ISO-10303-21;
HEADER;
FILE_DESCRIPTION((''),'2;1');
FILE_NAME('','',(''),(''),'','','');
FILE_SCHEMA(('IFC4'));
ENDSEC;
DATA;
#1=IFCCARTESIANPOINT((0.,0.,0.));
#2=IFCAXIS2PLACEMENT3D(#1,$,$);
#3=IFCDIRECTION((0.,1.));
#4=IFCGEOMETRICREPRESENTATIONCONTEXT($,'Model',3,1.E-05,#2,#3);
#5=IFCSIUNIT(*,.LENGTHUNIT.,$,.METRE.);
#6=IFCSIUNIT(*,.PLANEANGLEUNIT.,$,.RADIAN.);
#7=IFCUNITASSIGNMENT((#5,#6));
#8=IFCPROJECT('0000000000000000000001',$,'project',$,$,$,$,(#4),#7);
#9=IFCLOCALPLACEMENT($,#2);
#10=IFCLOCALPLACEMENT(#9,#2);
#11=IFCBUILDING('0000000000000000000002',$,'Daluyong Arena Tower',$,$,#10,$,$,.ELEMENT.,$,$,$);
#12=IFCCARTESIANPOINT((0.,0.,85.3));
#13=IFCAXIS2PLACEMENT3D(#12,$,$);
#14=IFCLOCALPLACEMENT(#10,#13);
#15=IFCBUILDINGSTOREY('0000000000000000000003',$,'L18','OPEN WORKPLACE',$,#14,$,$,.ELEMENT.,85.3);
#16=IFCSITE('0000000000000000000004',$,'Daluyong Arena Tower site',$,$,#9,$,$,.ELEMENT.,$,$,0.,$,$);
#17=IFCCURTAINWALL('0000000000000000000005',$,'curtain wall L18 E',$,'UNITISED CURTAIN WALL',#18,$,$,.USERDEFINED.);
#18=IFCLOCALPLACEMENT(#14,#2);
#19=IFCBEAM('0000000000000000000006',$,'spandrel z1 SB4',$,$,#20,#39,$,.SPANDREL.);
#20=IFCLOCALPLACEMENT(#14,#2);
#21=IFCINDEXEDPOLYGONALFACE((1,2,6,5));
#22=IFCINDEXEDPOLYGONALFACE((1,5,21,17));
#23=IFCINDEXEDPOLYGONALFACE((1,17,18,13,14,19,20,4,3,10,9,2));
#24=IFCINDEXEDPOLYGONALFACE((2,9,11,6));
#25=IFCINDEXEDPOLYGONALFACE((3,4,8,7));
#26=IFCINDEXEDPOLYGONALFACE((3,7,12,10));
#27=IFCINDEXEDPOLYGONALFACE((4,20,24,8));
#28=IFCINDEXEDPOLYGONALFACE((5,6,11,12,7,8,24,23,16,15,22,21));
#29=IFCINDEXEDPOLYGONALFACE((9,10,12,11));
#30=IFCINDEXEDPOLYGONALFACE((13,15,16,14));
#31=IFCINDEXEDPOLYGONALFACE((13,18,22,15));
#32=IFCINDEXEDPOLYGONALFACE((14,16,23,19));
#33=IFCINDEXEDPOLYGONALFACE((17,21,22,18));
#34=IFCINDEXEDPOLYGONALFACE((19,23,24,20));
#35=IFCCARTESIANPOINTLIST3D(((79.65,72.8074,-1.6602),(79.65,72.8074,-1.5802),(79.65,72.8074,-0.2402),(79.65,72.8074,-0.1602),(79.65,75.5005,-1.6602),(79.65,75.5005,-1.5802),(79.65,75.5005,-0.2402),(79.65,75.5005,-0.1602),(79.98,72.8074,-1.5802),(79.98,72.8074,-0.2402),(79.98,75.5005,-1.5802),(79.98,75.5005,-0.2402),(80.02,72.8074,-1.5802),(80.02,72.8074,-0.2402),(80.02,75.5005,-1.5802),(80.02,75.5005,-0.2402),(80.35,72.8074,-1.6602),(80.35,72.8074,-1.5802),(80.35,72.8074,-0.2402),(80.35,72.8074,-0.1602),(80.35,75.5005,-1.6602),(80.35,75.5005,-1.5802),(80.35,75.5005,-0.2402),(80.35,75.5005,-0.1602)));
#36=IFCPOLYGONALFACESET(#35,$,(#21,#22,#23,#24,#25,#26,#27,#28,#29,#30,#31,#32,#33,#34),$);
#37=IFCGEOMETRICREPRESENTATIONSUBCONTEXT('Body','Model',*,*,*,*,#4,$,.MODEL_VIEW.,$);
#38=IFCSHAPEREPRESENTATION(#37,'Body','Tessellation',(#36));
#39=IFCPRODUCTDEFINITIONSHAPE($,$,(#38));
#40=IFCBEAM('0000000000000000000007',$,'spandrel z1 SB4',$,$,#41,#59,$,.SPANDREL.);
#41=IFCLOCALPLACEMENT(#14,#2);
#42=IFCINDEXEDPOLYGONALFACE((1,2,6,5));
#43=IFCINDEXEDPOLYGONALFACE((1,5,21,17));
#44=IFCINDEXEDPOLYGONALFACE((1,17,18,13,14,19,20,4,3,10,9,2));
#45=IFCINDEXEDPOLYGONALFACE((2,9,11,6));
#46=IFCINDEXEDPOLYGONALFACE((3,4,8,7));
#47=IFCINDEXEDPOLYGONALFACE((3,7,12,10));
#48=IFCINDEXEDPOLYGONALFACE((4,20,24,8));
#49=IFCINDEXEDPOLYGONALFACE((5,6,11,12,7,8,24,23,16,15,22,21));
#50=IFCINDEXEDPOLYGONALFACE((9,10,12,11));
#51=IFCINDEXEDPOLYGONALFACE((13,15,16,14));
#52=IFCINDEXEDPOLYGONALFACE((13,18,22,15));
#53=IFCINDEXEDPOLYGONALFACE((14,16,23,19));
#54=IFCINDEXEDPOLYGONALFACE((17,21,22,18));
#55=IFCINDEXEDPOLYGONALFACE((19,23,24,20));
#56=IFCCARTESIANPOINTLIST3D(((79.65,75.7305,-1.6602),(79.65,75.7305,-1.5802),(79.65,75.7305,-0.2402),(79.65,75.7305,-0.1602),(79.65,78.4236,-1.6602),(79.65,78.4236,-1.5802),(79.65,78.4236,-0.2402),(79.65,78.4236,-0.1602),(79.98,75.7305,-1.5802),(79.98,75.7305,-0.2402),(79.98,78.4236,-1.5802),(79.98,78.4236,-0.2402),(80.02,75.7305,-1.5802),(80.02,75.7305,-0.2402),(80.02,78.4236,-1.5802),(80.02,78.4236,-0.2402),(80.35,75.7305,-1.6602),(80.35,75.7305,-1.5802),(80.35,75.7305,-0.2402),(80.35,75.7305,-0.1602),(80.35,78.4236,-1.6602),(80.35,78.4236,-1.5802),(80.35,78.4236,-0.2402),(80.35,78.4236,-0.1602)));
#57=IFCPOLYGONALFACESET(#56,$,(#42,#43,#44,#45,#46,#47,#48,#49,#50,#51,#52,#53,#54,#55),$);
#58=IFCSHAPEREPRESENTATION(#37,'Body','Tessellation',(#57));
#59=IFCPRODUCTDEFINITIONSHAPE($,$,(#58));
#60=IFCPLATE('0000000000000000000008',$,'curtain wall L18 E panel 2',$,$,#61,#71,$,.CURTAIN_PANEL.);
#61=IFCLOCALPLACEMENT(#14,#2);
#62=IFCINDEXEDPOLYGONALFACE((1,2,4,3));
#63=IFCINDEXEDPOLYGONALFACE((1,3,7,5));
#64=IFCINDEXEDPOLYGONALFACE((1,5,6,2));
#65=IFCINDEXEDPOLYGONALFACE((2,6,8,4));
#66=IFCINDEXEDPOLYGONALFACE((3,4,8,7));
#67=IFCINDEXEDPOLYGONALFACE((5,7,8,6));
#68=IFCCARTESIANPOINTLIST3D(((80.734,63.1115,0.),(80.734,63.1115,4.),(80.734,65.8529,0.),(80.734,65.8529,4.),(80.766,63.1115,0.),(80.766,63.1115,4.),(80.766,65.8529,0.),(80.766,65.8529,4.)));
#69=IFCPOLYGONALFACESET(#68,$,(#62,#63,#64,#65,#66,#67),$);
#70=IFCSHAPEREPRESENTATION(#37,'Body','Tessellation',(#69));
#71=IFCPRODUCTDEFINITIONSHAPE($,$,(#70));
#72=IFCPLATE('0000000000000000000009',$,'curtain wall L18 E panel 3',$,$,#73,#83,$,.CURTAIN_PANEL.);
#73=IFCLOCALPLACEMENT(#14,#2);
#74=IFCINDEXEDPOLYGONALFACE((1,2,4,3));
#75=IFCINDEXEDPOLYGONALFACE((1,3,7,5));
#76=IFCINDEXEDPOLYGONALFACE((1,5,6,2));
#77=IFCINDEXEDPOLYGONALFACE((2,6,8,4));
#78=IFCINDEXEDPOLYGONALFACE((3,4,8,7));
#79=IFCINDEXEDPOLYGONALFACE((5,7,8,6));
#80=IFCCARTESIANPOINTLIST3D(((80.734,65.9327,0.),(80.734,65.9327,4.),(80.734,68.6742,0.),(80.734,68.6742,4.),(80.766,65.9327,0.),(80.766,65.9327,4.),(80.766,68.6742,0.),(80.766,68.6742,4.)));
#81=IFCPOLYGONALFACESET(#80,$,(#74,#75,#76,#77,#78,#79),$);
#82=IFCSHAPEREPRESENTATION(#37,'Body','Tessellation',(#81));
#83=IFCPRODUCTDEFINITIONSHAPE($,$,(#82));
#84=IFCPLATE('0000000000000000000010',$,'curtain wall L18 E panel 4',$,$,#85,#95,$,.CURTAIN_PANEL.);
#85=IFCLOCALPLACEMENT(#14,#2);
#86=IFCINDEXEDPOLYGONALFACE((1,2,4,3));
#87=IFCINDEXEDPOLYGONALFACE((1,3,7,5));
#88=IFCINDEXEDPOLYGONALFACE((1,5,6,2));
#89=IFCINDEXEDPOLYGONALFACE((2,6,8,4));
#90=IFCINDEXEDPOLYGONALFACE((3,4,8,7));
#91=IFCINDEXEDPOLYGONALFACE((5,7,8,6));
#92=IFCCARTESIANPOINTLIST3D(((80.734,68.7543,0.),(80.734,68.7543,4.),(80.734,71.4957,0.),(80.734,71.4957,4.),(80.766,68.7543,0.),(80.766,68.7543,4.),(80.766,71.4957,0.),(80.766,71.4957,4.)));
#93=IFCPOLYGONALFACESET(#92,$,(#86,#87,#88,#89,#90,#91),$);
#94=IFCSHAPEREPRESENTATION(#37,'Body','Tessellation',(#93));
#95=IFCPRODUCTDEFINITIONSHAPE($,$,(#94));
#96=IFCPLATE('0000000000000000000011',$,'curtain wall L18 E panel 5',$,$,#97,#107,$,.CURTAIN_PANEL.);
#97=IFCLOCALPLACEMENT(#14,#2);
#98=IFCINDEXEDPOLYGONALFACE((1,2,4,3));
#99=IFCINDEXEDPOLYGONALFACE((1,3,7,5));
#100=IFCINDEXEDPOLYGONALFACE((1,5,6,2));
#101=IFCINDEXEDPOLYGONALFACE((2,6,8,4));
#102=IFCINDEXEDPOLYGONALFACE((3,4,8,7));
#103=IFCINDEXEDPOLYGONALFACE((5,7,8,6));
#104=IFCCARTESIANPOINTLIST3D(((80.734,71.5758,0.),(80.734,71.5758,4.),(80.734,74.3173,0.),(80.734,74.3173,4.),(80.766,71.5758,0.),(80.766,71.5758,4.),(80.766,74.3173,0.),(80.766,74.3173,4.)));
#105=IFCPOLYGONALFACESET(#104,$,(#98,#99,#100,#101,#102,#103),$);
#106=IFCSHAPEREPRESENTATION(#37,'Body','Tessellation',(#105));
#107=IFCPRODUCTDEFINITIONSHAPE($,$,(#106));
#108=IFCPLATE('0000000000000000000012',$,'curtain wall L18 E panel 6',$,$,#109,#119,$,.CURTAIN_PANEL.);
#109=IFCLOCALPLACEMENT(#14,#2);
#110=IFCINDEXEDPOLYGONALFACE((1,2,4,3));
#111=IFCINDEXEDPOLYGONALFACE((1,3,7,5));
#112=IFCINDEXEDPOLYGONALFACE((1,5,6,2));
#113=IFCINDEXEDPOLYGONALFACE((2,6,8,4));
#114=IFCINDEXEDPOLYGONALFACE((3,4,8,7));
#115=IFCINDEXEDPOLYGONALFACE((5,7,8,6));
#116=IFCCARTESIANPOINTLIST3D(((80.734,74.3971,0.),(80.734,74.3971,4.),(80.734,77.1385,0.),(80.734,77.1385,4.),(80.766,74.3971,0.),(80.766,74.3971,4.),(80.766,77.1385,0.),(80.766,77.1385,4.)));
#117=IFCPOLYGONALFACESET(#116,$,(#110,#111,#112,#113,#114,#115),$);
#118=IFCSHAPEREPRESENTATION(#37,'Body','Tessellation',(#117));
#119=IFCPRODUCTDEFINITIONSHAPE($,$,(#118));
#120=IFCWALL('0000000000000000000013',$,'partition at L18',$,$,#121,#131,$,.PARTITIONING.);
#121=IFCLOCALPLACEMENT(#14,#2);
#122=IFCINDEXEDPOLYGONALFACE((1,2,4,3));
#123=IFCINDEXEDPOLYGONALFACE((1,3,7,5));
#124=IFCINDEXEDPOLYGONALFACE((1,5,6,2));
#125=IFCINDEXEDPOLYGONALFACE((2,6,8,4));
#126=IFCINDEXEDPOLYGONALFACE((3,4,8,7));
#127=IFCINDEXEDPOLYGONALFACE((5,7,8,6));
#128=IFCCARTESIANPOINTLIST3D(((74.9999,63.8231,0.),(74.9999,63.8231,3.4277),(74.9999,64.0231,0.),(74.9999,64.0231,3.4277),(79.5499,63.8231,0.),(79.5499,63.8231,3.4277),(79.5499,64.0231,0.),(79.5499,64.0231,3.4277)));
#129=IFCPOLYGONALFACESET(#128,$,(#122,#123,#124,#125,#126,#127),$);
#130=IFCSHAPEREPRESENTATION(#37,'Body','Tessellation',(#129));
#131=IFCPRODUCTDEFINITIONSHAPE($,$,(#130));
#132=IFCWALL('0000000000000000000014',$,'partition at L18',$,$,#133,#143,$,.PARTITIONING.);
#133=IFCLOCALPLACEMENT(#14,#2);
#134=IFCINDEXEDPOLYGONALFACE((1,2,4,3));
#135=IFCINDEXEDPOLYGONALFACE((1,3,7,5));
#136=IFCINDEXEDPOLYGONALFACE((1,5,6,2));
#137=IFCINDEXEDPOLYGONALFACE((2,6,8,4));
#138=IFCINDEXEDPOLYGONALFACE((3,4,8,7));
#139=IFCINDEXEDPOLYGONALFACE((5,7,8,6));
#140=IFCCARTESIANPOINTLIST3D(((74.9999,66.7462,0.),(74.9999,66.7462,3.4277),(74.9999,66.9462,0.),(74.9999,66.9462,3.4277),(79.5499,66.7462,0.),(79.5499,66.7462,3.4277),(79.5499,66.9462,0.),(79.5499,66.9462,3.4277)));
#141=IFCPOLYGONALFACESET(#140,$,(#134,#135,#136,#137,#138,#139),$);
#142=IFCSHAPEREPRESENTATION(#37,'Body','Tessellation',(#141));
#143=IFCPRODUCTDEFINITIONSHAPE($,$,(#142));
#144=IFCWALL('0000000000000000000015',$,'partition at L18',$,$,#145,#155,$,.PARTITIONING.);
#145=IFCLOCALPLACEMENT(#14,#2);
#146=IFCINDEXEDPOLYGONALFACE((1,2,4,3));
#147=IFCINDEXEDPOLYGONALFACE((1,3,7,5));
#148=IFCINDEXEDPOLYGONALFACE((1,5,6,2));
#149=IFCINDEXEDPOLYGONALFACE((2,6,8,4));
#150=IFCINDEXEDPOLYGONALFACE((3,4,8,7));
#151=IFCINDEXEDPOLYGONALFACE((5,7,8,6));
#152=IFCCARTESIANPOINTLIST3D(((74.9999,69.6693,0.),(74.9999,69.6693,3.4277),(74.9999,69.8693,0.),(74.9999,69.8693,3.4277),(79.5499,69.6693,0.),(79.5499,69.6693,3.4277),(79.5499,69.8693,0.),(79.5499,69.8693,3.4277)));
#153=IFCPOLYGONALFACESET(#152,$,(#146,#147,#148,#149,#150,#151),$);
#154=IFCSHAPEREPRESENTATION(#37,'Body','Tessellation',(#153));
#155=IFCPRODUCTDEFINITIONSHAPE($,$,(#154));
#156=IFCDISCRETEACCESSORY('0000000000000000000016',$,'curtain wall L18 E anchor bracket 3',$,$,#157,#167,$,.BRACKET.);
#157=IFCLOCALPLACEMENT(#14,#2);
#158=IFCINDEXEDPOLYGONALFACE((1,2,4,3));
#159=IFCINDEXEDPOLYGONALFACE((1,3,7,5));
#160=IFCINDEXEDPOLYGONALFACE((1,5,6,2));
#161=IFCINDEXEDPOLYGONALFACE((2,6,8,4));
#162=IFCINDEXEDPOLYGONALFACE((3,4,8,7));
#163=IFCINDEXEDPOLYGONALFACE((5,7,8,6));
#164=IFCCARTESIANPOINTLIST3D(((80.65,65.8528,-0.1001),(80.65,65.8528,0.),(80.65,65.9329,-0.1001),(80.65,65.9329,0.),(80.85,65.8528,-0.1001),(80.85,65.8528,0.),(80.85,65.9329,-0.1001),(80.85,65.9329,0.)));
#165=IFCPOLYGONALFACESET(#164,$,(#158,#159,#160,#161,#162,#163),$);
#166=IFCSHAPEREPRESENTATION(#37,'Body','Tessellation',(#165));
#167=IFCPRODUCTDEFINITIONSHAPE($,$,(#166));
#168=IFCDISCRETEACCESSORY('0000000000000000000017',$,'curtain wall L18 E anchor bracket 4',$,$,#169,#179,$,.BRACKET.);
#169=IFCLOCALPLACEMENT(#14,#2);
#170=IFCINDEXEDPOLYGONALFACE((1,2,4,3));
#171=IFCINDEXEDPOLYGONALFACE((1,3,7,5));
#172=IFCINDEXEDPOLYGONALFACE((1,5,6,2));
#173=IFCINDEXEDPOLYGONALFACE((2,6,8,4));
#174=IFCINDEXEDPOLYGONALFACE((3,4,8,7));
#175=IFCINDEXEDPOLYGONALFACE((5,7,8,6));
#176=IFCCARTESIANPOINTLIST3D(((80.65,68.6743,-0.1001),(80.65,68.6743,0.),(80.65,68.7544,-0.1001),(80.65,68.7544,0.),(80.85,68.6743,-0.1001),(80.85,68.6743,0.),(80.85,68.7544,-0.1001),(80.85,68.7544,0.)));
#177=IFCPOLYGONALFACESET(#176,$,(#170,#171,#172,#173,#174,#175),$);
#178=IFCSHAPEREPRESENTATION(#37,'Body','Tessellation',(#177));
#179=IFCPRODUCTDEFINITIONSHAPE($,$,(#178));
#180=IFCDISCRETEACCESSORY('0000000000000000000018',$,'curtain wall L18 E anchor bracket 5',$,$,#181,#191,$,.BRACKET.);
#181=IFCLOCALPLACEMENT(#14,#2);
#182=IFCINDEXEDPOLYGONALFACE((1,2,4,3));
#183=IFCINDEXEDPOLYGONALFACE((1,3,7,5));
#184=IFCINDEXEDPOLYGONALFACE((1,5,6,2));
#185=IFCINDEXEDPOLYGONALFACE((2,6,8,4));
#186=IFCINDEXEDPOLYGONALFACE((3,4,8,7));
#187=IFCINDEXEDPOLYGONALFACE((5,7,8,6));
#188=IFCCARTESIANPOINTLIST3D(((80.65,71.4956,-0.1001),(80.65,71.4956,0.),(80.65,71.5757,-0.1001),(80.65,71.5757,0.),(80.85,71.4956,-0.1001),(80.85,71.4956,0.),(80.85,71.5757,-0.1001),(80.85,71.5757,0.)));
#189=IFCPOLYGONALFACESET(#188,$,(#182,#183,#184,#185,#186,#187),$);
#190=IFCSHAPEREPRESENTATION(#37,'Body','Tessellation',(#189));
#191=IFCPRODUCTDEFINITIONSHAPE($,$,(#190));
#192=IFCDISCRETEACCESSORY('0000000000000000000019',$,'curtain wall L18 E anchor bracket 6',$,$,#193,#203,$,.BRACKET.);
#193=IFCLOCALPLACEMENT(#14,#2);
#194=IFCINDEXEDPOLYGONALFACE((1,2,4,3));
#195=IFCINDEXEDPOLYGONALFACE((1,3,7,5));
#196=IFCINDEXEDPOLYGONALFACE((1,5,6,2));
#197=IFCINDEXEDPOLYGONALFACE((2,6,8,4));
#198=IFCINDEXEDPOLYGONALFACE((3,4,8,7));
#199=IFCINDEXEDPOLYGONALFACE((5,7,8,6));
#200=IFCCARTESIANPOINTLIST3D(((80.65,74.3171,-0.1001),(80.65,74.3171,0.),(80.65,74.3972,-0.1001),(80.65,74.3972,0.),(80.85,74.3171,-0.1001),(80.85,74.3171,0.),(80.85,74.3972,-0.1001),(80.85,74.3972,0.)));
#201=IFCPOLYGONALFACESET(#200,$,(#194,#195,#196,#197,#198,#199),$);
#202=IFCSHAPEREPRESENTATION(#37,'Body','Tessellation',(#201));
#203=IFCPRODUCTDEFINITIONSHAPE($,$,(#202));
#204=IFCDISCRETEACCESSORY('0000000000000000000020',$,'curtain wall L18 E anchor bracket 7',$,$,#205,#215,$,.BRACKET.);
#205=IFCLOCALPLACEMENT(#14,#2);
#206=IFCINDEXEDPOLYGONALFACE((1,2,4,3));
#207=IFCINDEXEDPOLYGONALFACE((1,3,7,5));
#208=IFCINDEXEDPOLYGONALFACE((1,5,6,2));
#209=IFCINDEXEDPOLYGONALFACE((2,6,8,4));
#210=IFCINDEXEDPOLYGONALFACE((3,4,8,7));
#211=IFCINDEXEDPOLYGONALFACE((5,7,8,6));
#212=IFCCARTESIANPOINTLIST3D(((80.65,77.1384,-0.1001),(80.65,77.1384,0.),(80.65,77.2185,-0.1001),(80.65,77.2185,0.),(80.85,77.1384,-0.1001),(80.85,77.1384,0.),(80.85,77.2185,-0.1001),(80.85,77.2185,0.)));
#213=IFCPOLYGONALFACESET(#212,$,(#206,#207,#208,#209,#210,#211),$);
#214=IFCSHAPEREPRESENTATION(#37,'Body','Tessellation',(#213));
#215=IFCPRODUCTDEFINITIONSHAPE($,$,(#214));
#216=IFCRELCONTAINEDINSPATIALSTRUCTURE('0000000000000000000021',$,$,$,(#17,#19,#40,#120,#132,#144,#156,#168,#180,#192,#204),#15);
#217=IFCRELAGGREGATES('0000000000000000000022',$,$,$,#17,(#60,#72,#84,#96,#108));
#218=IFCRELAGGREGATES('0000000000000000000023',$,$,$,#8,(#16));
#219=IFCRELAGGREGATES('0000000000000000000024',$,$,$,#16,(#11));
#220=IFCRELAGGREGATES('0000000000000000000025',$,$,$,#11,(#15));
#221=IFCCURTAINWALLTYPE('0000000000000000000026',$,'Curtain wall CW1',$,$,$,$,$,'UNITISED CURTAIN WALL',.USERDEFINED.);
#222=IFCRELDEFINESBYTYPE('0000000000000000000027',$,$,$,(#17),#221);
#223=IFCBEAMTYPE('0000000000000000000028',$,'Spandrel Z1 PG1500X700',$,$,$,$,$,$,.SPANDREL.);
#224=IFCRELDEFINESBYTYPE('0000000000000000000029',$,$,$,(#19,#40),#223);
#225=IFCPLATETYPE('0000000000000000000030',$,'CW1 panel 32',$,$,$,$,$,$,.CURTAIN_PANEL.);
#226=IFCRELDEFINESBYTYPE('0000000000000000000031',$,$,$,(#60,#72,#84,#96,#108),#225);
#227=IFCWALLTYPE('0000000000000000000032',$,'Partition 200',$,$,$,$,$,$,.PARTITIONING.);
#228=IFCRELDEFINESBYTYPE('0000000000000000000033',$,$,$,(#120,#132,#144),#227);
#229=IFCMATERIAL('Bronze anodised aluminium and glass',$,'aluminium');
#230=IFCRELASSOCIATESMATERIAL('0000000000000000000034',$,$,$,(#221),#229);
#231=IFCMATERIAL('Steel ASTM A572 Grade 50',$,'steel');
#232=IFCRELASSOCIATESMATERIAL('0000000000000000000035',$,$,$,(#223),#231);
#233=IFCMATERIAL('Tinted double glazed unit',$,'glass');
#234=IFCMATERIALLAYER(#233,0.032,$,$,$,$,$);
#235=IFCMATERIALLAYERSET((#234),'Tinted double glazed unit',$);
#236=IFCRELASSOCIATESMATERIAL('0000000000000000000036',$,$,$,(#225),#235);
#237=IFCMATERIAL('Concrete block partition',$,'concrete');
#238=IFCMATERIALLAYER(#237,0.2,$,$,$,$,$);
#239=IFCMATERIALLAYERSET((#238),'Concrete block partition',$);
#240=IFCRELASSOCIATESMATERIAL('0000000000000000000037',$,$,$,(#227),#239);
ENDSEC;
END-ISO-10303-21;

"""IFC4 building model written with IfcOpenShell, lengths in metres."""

from ifc_helpers import new_model, si_unit, direction, frame, frame_2d, origin, origin_2d, place, context, subcontext, project, spatial, rectangle, i_section, extrude, material, layer, layer_set, material_profile, profile_set, type_object, element, aggregate, save


model = new_model("IFC4")

# Units and contexts
model_context = context("Model", 3, precision=1e-05, world=origin(), true_north=direction((0.0, 1.0)))
body_context = subcontext(model_context, "Body", "Model", "MODEL_VIEW")
ifc_project = project(units=[si_unit("LENGTHUNIT", "METRE"), si_unit("PLANEANGLEUNIT", "RADIAN")], contexts=[model_context])

# Site, building, storey
site_placement = place(None, origin())
site = spatial("IfcSite", under=ifc_project, at=site_placement, Name="Daluyong Arena Tower site", CompositionType="ELEMENT", RefElevation=0.0)
building_placement = place(site_placement, origin())
building = spatial("IfcBuilding", under=site, at=building_placement, Name="Daluyong Arena Tower", CompositionType="ELEMENT")
storey_placement = place(building_placement, frame((0.0, 0.0, 85.3)))
storey = spatial("IfcBuildingStorey", under=building, at=storey_placement, Name="L18", Description="OPEN WORKPLACE", CompositionType="ELEMENT", Elevation=85.3)

# Curtain wall
ifc_material_1 = material(Name="Bronze anodised aluminium and glass", Category="aluminium")
curtain_wall_type = type_object("IfcCurtainWallType", Name="Curtain wall CW1", ElementType="UNITISED CURTAIN WALL", PredefinedType="USERDEFINED", material=ifc_material_1)
curtain_wall_placement = place(storey_placement, origin())
curtain_wall = element("IfcCurtainWall", 1, at=curtain_wall_placement, inside=storey, type_object=curtain_wall_type, Name="curtain wall L18 E", ObjectType="UNITISED CURTAIN WALL", PredefinedType="USERDEFINED")

# Beams
ifc_material_2 = material(Name="Steel ASTM A572 Grade 50", Category="steel")
ifc_material_profile_1 = material_profile(ifc_material_2, i_section(OverallWidth=0.7, OverallDepth=1.5, WebThickness=0.04, FlangeThickness=0.08, at=origin_2d()))
ifc_profile_set_1 = profile_set([ifc_material_profile_1], Name="Steel ASTM A572 Grade 50")
beam_type_1 = type_object("IfcBeamType", Name="Spandrel Z1 PG1500X700", PredefinedType="SPANDREL", material=ifc_profile_set_1)
for number, where, z_axis, x_axis, name in (
    (2, (80.0, 72.8074, -0.9102), (0.0, 1.0, 0.0), (-1.0, 0.0, 0.0), "spandrel z1 SB4"),
    (3, (80.0, 75.7305, -0.9102), (0.0, 1.0, 0.0), (-1.0, 0.0, 0.0), "spandrel z1 SB4"),
):
    element("IfcBeam", number, at=place(storey_placement, frame(where, z_axis=z_axis, x_axis=x_axis)), inside=storey, type_object=beam_type_1, Name=name, PredefinedType="SPANDREL", context=body_context, shape_type="SweptSolid", body=[
        extrude(i_section(OverallWidth=0.7, OverallDepth=1.5, WebThickness=0.04, FlangeThickness=0.08, at=origin_2d()), origin(), (0.0, 0.0, 1.0), 2.6931),
    ])

# Plates
ifc_material_3 = material(Name="Tinted double glazed unit", Category="glass")
ifc_layer_1 = layer(ifc_material_3, 0.032)
ifc_layer_set_1 = layer_set([ifc_layer_1], Name="Tinted double glazed unit")
plate_type = type_object("IfcPlateType", Name="CW1 panel 32", PredefinedType="CURTAIN_PANEL", material=ifc_layer_set_1)
plate_1_placement = place(storey_placement, frame((80.75, 64.4822, 0.0), z_axis=(0.0, 0.0, 1.0), x_axis=(0.0, 1.0, 0.0)))
plate_1 = element("IfcPlate", 4, at=plate_1_placement, type_object=plate_type, Name="curtain wall L18 E panel 2", PredefinedType="CURTAIN_PANEL", context=body_context, shape_type="SweptSolid", body=[
    extrude(rectangle(XDim=2.7415, YDim=0.032, at=origin_2d()), origin(), (0.0, 0.0, 1.0), 4.0),
])
plate_2_placement = place(storey_placement, frame((80.75, 67.3035, 0.0), z_axis=(0.0, 0.0, 1.0), x_axis=(0.0, 1.0, 0.0)))
plate_2 = element("IfcPlate", 5, at=plate_2_placement, type_object=plate_type, Name="curtain wall L18 E panel 3", PredefinedType="CURTAIN_PANEL", context=body_context, shape_type="SweptSolid", body=[
    extrude(rectangle(XDim=2.7415, YDim=0.032, at=origin_2d()), origin(), (0.0, 0.0, 1.0), 4.0),
])
plate_3_placement = place(storey_placement, frame((80.75, 70.125, 0.0), z_axis=(0.0, 0.0, 1.0), x_axis=(0.0, 1.0, 0.0)))
plate_3 = element("IfcPlate", 6, at=plate_3_placement, type_object=plate_type, Name="curtain wall L18 E panel 4", PredefinedType="CURTAIN_PANEL", context=body_context, shape_type="SweptSolid", body=[
    extrude(rectangle(XDim=2.7415, YDim=0.032, at=origin_2d()), origin(), (0.0, 0.0, 1.0), 4.0),
])
plate_4_placement = place(storey_placement, frame((80.75, 72.9465, 0.0), z_axis=(0.0, 0.0, 1.0), x_axis=(0.0, 1.0, 0.0)))
plate_4 = element("IfcPlate", 7, at=plate_4_placement, type_object=plate_type, Name="curtain wall L18 E panel 5", PredefinedType="CURTAIN_PANEL", context=body_context, shape_type="SweptSolid", body=[
    extrude(rectangle(XDim=2.7415, YDim=0.032, at=origin_2d()), origin(), (0.0, 0.0, 1.0), 4.0),
])
plate_5_placement = place(storey_placement, frame((80.75, 75.7678, 0.0), z_axis=(0.0, 0.0, 1.0), x_axis=(0.0, 1.0, 0.0)))
plate_5 = element("IfcPlate", 8, at=plate_5_placement, type_object=plate_type, Name="curtain wall L18 E panel 6", PredefinedType="CURTAIN_PANEL", context=body_context, shape_type="SweptSolid", body=[
    extrude(rectangle(XDim=2.7415, YDim=0.032, at=origin_2d()), origin(), (0.0, 0.0, 1.0), 4.0),
])
aggregate(curtain_wall, [plate_1, plate_2, plate_3, plate_4, plate_5])

# Walls
ifc_material_4 = material(Name="Concrete block partition", Category="concrete")
ifc_layer_2 = layer(ifc_material_4, 0.2)
ifc_layer_set_2 = layer_set([ifc_layer_2], Name="Concrete block partition")
wall_type = type_object("IfcWallType", Name="Partition 200", PredefinedType="PARTITIONING", material=ifc_layer_set_2)
for number, where, z_axis, x_axis, name in (
    (9, (75.0, 63.9231, 0.0), (0.0, 0.0, 1.0), (1.0, 0.0, 0.0), "partition at L18"),
    (10, (75.0, 66.8462, 0.0), (0.0, 0.0, 1.0), (1.0, 0.0, 0.0), "partition at L18"),
    (11, (75.0, 69.7693, 0.0), (0.0, 0.0, 1.0), (1.0, 0.0, 0.0), "partition at L18"),
):
    element("IfcWall", number, at=place(storey_placement, frame(where, z_axis=z_axis, x_axis=x_axis)), inside=storey, type_object=wall_type, Name=name, PredefinedType="PARTITIONING", context=body_context, shape_type="SweptSolid", body=[
        extrude(rectangle(XDim=4.55, YDim=0.2, at=frame_2d((2.2749, 0.0))), origin(), (0.0, 0.0, 1.0), 3.4277),
    ])

# Discrete accessories
for number, where, z_axis, x_axis, name in (
    (12, (80.75, 65.8928, -0.1001), (0.0, 0.0, 1.0), (0.0, 1.0, 0.0), "curtain wall L18 E anchor bracket 3"),
    (13, (80.75, 68.7144, -0.1001), (0.0, 0.0, 1.0), (0.0, 1.0, 0.0), "curtain wall L18 E anchor bracket 4"),
    (14, (80.75, 71.5356, -0.1001), (0.0, 0.0, 1.0), (0.0, 1.0, 0.0), "curtain wall L18 E anchor bracket 5"),
    (15, (80.75, 74.3572, -0.1001), (0.0, 0.0, 1.0), (0.0, 1.0, 0.0), "curtain wall L18 E anchor bracket 6"),
    (16, (80.75, 77.1785, -0.1001), (0.0, 0.0, 1.0), (0.0, 1.0, 0.0), "curtain wall L18 E anchor bracket 7"),
):
    element("IfcDiscreteAccessory", number, at=place(storey_placement, frame(where, z_axis=z_axis, x_axis=x_axis)), inside=storey, Name=name, PredefinedType="BRACKET", context=body_context, shape_type="SweptSolid", body=[
        extrude(rectangle(XDim=0.0801, YDim=0.2, at=origin_2d()), origin(), (0.0, 0.0, 1.0), 0.1001),
    ])

save(model, "model.ifc")
